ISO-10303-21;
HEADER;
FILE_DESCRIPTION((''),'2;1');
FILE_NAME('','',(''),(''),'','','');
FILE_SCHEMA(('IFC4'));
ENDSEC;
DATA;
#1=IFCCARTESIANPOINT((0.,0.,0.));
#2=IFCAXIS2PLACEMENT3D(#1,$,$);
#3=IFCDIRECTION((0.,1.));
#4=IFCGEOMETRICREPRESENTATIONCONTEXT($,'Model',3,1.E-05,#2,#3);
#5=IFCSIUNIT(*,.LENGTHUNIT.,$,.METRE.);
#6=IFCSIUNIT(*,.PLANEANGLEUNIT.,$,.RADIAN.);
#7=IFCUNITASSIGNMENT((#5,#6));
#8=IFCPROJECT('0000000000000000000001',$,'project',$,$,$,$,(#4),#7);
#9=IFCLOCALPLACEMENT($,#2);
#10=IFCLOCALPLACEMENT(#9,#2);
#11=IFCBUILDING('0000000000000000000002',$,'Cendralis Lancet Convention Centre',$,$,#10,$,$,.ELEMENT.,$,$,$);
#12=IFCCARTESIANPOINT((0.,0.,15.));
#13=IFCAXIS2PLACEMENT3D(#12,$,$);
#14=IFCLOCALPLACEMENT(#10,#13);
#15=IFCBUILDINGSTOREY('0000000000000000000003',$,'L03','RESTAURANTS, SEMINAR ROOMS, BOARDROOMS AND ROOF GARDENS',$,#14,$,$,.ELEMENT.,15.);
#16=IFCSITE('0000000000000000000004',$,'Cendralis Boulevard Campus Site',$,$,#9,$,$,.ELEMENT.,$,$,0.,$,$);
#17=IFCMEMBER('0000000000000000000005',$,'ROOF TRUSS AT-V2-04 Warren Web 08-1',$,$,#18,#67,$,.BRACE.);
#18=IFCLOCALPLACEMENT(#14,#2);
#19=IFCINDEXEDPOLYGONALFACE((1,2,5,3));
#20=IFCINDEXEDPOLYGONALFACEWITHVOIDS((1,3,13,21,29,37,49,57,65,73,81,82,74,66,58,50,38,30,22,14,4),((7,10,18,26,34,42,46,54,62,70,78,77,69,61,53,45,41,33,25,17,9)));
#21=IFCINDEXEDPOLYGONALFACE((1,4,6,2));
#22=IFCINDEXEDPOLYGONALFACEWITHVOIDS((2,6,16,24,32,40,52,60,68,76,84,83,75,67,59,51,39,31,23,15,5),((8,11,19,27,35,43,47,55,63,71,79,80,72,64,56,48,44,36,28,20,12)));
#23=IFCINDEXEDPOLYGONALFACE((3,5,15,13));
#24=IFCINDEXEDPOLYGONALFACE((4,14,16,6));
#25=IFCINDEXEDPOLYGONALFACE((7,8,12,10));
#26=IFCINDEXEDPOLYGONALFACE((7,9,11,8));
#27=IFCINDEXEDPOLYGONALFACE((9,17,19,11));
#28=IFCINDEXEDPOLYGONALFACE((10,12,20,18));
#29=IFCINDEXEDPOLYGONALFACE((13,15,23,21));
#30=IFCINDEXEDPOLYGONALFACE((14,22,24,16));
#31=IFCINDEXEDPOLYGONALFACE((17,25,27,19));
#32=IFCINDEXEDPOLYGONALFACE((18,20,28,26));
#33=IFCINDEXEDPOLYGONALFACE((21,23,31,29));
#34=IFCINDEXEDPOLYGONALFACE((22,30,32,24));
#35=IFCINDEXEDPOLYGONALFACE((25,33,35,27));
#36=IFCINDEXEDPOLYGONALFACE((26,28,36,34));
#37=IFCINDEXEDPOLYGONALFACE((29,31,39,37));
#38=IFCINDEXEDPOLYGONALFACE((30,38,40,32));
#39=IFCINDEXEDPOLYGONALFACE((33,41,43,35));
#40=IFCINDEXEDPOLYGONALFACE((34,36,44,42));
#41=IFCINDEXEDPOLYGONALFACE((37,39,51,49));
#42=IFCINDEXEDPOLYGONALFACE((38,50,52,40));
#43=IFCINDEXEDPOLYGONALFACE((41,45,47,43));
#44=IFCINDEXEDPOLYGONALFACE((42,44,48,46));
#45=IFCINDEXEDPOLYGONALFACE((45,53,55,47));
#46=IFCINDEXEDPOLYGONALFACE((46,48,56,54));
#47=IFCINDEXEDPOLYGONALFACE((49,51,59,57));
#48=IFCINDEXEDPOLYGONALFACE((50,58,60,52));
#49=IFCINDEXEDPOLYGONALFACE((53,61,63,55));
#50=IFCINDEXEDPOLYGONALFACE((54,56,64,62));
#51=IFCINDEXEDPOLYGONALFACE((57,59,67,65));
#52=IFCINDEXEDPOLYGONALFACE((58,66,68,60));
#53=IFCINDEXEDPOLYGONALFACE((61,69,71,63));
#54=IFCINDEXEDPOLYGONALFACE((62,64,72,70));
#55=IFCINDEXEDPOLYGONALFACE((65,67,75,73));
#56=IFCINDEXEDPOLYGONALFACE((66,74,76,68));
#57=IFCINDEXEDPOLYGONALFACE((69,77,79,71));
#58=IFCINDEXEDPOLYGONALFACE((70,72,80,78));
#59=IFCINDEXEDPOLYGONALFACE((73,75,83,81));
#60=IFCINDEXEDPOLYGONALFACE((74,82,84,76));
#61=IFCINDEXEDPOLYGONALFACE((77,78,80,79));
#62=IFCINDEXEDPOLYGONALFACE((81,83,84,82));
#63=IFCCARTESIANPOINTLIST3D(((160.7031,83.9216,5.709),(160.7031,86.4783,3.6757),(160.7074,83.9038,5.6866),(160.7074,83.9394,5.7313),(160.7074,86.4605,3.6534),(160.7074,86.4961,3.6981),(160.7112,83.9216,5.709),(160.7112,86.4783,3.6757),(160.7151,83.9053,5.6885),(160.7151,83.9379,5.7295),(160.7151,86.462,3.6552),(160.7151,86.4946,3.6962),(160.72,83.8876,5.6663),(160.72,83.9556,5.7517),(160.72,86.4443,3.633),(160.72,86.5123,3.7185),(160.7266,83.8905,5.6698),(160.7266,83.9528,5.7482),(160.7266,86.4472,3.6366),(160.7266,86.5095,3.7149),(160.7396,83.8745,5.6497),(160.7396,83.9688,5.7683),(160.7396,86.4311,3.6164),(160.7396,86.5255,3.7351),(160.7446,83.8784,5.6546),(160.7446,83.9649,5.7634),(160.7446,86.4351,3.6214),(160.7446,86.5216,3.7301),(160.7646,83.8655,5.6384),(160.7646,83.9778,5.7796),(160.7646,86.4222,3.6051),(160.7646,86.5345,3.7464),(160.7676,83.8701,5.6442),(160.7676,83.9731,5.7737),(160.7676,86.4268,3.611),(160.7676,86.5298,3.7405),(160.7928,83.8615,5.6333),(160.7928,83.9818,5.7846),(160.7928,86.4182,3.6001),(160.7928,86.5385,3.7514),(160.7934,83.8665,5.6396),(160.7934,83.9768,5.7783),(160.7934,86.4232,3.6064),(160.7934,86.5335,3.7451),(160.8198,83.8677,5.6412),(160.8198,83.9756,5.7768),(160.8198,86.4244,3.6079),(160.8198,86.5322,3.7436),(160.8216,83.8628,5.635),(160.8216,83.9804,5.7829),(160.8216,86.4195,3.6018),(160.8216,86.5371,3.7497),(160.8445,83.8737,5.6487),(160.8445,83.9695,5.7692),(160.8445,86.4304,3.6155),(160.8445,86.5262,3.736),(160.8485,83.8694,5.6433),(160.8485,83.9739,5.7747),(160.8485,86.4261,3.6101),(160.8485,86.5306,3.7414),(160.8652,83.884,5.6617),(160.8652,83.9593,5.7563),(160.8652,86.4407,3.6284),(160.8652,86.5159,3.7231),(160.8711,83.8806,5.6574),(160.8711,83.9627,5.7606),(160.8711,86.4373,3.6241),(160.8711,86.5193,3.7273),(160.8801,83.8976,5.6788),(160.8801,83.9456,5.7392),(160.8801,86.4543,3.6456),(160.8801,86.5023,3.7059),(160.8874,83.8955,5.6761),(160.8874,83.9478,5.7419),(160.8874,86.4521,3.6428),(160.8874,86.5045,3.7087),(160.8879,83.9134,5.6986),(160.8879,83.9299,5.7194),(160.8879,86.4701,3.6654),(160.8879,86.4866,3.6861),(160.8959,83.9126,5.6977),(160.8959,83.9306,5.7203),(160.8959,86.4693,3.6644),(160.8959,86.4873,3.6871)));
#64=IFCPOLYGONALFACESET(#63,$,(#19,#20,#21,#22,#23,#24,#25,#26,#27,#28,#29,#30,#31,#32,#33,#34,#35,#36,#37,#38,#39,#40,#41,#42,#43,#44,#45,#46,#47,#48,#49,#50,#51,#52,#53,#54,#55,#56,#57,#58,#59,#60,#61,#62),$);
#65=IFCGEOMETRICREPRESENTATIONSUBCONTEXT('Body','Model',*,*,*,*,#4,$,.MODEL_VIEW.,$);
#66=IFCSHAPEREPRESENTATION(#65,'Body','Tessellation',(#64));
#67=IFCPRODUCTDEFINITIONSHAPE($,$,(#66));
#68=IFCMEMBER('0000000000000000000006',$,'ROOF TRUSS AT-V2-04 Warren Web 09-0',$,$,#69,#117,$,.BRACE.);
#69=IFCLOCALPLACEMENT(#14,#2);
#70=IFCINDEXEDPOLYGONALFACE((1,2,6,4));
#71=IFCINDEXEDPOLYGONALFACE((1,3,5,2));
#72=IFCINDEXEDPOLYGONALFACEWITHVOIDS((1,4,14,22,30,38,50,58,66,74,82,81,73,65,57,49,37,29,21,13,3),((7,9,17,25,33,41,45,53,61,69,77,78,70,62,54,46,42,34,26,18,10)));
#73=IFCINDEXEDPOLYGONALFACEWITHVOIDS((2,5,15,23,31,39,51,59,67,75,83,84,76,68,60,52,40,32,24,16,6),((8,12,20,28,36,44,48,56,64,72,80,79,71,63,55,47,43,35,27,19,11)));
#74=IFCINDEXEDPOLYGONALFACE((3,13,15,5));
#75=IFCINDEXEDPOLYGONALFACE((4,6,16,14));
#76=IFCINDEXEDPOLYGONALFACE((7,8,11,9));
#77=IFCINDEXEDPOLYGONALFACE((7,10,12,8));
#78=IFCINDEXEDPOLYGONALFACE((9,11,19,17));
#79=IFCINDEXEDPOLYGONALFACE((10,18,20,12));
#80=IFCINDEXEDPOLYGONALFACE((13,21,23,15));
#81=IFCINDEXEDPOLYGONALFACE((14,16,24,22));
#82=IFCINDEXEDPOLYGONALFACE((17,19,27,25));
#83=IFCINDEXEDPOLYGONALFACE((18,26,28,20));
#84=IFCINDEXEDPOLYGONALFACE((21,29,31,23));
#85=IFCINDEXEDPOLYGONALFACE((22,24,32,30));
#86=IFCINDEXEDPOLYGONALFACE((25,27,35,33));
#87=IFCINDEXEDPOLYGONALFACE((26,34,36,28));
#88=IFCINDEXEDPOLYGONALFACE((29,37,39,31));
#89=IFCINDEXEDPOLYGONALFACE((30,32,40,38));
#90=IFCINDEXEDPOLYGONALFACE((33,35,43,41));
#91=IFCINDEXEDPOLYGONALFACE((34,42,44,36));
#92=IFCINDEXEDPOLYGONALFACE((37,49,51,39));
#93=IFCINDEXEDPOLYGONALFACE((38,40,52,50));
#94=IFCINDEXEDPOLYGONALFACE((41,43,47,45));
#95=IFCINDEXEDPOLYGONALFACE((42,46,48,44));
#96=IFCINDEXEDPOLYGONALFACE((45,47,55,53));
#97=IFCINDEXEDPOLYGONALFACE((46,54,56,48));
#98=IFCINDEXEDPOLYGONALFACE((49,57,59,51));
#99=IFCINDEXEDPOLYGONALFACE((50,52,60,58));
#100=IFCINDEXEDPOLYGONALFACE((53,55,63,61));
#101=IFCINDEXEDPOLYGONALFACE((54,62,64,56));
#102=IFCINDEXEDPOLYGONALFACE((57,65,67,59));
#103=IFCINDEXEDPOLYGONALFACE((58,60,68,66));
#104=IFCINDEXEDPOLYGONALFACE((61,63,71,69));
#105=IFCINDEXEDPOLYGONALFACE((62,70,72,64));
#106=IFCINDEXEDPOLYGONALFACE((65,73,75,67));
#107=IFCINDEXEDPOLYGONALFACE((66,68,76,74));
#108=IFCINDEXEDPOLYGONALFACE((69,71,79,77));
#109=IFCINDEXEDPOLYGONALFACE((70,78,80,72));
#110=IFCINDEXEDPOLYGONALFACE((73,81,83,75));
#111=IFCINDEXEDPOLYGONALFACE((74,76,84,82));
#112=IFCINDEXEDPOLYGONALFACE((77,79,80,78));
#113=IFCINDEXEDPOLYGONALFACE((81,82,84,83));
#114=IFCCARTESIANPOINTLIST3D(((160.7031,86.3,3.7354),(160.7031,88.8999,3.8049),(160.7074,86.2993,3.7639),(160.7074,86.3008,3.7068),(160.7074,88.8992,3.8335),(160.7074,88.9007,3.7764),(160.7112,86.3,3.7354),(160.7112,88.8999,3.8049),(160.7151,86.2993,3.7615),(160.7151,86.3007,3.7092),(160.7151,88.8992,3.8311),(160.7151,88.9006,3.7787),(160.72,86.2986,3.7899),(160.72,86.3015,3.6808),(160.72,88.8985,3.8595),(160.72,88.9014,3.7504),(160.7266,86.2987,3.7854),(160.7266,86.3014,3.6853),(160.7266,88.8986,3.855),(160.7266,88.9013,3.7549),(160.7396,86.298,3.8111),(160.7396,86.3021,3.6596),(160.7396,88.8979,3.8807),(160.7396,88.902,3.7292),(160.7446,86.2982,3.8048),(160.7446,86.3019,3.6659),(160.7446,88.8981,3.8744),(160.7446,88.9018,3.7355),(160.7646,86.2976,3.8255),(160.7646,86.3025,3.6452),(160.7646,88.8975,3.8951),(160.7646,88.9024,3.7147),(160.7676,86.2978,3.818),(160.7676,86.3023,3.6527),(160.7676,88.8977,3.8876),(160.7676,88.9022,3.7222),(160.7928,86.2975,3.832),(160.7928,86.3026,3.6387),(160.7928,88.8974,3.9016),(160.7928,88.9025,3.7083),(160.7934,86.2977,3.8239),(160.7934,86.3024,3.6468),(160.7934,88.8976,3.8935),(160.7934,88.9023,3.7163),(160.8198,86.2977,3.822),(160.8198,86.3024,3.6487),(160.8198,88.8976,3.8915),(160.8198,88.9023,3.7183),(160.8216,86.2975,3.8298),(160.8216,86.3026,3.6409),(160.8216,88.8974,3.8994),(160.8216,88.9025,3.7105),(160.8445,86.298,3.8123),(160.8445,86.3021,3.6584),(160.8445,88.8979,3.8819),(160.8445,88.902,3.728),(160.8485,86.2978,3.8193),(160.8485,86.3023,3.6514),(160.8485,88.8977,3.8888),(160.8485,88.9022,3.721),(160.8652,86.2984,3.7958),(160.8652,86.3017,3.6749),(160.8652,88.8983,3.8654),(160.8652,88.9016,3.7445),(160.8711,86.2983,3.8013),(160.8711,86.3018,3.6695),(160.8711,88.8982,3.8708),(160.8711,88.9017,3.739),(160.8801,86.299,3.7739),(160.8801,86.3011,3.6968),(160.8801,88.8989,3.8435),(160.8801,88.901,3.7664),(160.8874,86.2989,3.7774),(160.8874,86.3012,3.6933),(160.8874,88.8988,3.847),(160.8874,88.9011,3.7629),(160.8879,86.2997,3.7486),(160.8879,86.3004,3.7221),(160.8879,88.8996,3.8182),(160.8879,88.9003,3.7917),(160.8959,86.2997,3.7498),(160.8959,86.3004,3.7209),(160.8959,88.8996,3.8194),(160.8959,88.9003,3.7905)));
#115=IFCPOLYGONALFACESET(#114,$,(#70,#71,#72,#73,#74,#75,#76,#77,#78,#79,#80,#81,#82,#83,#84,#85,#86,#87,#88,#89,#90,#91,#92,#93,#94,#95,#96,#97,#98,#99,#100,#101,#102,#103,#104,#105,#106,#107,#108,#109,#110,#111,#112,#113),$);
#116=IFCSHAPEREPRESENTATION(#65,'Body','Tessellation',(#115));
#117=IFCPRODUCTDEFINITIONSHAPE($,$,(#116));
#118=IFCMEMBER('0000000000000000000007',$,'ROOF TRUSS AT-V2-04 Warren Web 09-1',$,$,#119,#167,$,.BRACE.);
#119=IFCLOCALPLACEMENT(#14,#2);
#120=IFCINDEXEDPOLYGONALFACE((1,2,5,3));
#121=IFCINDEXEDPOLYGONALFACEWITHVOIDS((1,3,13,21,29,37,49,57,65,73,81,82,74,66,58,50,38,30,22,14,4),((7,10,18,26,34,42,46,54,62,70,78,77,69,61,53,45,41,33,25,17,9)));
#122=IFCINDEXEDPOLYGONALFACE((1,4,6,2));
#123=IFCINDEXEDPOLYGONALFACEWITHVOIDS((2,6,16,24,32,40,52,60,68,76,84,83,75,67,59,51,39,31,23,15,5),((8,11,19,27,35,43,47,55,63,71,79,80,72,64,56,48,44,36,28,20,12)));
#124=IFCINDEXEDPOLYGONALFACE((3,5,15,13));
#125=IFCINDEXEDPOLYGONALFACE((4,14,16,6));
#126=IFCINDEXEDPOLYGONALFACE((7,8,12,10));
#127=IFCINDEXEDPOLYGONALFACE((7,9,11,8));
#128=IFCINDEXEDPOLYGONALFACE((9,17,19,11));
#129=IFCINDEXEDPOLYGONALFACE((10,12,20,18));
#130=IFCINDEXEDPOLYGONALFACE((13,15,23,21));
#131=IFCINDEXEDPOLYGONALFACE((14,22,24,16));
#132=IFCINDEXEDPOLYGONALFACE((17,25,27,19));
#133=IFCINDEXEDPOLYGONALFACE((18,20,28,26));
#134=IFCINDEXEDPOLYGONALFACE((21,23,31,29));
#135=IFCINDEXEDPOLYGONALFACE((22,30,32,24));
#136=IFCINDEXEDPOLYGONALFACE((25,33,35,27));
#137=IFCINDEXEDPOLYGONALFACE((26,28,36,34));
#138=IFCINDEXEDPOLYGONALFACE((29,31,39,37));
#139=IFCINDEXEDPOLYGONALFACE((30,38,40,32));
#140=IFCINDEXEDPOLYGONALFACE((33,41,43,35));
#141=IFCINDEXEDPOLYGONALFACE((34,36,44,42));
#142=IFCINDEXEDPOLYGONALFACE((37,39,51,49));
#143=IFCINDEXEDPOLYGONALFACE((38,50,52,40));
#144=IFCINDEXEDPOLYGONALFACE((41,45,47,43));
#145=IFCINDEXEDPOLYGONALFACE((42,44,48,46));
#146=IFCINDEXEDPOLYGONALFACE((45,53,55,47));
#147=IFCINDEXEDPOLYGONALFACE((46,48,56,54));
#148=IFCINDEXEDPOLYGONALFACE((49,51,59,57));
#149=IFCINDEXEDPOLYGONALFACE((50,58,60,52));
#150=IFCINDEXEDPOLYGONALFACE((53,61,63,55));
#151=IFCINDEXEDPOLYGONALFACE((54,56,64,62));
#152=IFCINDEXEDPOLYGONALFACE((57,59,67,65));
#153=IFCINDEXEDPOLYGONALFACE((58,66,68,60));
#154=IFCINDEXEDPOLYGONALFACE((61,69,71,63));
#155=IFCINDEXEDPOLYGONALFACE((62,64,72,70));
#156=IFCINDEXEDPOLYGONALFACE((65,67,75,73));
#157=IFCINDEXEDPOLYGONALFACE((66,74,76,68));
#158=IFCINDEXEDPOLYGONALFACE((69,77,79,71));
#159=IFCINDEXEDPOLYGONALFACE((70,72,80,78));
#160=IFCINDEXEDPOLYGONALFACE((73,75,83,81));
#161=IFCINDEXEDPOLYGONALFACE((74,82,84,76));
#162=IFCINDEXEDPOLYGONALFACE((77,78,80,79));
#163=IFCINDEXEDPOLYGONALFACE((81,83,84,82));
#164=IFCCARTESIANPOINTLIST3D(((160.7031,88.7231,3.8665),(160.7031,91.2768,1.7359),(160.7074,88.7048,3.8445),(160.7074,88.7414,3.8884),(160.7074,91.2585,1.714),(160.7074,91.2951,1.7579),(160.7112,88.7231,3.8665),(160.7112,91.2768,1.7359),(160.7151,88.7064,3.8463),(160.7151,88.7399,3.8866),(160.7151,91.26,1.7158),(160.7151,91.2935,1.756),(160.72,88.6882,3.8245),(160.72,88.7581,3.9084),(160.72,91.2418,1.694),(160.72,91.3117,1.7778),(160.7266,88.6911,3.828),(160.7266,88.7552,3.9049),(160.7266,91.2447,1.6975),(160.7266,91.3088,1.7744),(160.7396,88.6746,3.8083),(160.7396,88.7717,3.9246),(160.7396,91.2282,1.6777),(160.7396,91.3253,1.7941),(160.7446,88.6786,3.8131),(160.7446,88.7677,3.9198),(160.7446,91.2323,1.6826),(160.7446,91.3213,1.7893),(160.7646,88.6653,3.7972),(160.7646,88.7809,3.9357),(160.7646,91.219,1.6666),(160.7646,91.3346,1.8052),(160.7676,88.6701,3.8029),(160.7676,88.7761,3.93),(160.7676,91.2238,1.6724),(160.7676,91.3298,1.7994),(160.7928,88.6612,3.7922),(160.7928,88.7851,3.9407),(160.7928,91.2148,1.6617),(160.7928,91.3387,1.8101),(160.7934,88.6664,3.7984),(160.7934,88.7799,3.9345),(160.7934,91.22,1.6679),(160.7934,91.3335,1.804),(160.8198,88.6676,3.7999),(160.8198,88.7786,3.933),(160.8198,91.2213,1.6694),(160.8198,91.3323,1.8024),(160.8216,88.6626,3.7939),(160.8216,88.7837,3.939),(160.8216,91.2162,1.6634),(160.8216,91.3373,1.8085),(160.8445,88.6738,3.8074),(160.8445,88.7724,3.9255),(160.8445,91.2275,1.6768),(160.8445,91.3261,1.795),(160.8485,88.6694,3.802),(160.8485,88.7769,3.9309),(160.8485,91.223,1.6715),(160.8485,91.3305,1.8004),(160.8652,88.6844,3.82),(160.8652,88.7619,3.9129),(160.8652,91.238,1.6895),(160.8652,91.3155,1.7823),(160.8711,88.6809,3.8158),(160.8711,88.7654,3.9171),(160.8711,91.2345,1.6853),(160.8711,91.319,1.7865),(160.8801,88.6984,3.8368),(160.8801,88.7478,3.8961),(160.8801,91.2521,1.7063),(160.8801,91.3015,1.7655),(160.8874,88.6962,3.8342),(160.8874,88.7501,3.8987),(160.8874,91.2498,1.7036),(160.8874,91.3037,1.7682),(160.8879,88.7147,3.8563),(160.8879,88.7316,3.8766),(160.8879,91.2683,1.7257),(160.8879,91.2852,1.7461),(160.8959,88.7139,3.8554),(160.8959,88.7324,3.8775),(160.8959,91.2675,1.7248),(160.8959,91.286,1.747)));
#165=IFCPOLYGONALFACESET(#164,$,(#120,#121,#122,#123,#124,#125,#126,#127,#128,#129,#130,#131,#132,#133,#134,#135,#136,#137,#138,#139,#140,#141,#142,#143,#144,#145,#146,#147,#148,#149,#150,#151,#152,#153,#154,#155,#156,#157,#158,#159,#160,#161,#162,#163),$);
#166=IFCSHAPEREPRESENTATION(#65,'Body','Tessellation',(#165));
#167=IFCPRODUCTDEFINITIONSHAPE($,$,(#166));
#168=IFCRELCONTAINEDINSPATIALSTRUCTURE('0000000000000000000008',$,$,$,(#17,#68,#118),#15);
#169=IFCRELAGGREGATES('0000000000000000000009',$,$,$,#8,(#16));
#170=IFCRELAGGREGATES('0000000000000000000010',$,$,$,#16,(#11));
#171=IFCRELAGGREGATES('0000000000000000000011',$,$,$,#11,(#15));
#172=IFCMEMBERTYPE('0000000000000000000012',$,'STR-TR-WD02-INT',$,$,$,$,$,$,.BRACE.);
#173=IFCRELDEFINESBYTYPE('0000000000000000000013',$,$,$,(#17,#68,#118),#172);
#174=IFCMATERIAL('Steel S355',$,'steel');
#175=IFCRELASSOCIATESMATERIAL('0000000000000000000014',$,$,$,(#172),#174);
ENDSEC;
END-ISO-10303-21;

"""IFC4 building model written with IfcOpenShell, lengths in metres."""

from ifc_helpers import new_model, si_unit, direction, frame, origin, origin_2d, place, context, subcontext, project, spatial, hollow_circle, extrude, material, material_profile, profile_set, type_object, element, save


model = new_model("IFC4")

# Units and contexts
model_context = context("Model", 3, precision=1e-05, world=origin(), true_north=direction((0.0, 1.0)))
body_context = subcontext(model_context, "Body", "Model", "MODEL_VIEW")
ifc_project = project(units=[si_unit("LENGTHUNIT", "METRE"), si_unit("PLANEANGLEUNIT", "RADIAN")], contexts=[model_context])

# Site, building, storey
site_placement = place(None, origin())
site = spatial("IfcSite", under=ifc_project, at=site_placement, Name="Cendralis Boulevard Campus Site", CompositionType="ELEMENT", RefElevation=0.0)
building_placement = place(site_placement, origin())
building = spatial("IfcBuilding", under=site, at=building_placement, Name="Cendralis Lancet Convention Centre", CompositionType="ELEMENT")
storey_placement = place(building_placement, frame((0.0, 0.0, 15.0)))
storey = spatial("IfcBuildingStorey", under=building, at=storey_placement, Name="L03", Description="RESTAURANTS, SEMINAR ROOMS, BOARDROOMS AND ROOF GARDENS", CompositionType="ELEMENT", Elevation=15.0)

# Shared definitions
ifc_material_1 = material(Name="Steel S355", Category="steel")

# Members
ifc_material_profile_1 = material_profile(ifc_material_1, hollow_circle(Radius=0.0969, WallThickness=0.0081, at=origin_2d()), Name="CHS 193.7x8.0")
ifc_profile_set_1 = profile_set([ifc_material_profile_1], Name="Steel S355")
member_type_1 = type_object("IfcMemberType", Name="STR-TR-WD02-INT", PredefinedType="BRACE", material=ifc_profile_set_1)
member_1_placement = place(storey_placement, frame((160.8, 83.9216, 5.709), z_axis=(0.0, 0.782674, -0.622432), x_axis=(-1.0, 0.0, 0.0)))
element("IfcMember", 1, at=member_1_placement, inside=storey, type_object=member_type_1, Name="ROOF TRUSS AT-V2-04 Warren Web 08-1", PredefinedType="BRACE", context=body_context, shape_type="SweptSolid", body=[
    extrude(hollow_circle(Radius=0.0969, WallThickness=0.0081, at=origin_2d()), origin(), (0.0, 0.0, 1.0), 3.2666),
])
member_2_placement = place(storey_placement, frame((160.8, 86.3, 3.7354), z_axis=(0.0, 0.999642, 0.026753), x_axis=(-1.0, 0.0, 0.0)))
element("IfcMember", 2, at=member_2_placement, inside=storey, type_object=member_type_1, Name="ROOF TRUSS AT-V2-04 Warren Web 09-0", PredefinedType="BRACE", context=body_context, shape_type="SweptSolid", body=[
    extrude(hollow_circle(Radius=0.0969, WallThickness=0.0081, at=origin_2d()), origin(), (0.0, 0.0, 1.0), 2.6008),
])
member_3_placement = place(storey_placement, frame((160.8, 88.7231, 3.8665), z_axis=(0.0, 0.767848, -0.640632), x_axis=(-1.0, 0.0, 0.0)))
element("IfcMember", 3, at=member_3_placement, inside=storey, type_object=member_type_1, Name="ROOF TRUSS AT-V2-04 Warren Web 09-1", PredefinedType="BRACE", context=body_context, shape_type="SweptSolid", body=[
    extrude(hollow_circle(Radius=0.0969, WallThickness=0.0081, at=origin_2d()), origin(), (0.0, 0.0, 1.0), 3.3257),
])

save(model, "model.ifc")
